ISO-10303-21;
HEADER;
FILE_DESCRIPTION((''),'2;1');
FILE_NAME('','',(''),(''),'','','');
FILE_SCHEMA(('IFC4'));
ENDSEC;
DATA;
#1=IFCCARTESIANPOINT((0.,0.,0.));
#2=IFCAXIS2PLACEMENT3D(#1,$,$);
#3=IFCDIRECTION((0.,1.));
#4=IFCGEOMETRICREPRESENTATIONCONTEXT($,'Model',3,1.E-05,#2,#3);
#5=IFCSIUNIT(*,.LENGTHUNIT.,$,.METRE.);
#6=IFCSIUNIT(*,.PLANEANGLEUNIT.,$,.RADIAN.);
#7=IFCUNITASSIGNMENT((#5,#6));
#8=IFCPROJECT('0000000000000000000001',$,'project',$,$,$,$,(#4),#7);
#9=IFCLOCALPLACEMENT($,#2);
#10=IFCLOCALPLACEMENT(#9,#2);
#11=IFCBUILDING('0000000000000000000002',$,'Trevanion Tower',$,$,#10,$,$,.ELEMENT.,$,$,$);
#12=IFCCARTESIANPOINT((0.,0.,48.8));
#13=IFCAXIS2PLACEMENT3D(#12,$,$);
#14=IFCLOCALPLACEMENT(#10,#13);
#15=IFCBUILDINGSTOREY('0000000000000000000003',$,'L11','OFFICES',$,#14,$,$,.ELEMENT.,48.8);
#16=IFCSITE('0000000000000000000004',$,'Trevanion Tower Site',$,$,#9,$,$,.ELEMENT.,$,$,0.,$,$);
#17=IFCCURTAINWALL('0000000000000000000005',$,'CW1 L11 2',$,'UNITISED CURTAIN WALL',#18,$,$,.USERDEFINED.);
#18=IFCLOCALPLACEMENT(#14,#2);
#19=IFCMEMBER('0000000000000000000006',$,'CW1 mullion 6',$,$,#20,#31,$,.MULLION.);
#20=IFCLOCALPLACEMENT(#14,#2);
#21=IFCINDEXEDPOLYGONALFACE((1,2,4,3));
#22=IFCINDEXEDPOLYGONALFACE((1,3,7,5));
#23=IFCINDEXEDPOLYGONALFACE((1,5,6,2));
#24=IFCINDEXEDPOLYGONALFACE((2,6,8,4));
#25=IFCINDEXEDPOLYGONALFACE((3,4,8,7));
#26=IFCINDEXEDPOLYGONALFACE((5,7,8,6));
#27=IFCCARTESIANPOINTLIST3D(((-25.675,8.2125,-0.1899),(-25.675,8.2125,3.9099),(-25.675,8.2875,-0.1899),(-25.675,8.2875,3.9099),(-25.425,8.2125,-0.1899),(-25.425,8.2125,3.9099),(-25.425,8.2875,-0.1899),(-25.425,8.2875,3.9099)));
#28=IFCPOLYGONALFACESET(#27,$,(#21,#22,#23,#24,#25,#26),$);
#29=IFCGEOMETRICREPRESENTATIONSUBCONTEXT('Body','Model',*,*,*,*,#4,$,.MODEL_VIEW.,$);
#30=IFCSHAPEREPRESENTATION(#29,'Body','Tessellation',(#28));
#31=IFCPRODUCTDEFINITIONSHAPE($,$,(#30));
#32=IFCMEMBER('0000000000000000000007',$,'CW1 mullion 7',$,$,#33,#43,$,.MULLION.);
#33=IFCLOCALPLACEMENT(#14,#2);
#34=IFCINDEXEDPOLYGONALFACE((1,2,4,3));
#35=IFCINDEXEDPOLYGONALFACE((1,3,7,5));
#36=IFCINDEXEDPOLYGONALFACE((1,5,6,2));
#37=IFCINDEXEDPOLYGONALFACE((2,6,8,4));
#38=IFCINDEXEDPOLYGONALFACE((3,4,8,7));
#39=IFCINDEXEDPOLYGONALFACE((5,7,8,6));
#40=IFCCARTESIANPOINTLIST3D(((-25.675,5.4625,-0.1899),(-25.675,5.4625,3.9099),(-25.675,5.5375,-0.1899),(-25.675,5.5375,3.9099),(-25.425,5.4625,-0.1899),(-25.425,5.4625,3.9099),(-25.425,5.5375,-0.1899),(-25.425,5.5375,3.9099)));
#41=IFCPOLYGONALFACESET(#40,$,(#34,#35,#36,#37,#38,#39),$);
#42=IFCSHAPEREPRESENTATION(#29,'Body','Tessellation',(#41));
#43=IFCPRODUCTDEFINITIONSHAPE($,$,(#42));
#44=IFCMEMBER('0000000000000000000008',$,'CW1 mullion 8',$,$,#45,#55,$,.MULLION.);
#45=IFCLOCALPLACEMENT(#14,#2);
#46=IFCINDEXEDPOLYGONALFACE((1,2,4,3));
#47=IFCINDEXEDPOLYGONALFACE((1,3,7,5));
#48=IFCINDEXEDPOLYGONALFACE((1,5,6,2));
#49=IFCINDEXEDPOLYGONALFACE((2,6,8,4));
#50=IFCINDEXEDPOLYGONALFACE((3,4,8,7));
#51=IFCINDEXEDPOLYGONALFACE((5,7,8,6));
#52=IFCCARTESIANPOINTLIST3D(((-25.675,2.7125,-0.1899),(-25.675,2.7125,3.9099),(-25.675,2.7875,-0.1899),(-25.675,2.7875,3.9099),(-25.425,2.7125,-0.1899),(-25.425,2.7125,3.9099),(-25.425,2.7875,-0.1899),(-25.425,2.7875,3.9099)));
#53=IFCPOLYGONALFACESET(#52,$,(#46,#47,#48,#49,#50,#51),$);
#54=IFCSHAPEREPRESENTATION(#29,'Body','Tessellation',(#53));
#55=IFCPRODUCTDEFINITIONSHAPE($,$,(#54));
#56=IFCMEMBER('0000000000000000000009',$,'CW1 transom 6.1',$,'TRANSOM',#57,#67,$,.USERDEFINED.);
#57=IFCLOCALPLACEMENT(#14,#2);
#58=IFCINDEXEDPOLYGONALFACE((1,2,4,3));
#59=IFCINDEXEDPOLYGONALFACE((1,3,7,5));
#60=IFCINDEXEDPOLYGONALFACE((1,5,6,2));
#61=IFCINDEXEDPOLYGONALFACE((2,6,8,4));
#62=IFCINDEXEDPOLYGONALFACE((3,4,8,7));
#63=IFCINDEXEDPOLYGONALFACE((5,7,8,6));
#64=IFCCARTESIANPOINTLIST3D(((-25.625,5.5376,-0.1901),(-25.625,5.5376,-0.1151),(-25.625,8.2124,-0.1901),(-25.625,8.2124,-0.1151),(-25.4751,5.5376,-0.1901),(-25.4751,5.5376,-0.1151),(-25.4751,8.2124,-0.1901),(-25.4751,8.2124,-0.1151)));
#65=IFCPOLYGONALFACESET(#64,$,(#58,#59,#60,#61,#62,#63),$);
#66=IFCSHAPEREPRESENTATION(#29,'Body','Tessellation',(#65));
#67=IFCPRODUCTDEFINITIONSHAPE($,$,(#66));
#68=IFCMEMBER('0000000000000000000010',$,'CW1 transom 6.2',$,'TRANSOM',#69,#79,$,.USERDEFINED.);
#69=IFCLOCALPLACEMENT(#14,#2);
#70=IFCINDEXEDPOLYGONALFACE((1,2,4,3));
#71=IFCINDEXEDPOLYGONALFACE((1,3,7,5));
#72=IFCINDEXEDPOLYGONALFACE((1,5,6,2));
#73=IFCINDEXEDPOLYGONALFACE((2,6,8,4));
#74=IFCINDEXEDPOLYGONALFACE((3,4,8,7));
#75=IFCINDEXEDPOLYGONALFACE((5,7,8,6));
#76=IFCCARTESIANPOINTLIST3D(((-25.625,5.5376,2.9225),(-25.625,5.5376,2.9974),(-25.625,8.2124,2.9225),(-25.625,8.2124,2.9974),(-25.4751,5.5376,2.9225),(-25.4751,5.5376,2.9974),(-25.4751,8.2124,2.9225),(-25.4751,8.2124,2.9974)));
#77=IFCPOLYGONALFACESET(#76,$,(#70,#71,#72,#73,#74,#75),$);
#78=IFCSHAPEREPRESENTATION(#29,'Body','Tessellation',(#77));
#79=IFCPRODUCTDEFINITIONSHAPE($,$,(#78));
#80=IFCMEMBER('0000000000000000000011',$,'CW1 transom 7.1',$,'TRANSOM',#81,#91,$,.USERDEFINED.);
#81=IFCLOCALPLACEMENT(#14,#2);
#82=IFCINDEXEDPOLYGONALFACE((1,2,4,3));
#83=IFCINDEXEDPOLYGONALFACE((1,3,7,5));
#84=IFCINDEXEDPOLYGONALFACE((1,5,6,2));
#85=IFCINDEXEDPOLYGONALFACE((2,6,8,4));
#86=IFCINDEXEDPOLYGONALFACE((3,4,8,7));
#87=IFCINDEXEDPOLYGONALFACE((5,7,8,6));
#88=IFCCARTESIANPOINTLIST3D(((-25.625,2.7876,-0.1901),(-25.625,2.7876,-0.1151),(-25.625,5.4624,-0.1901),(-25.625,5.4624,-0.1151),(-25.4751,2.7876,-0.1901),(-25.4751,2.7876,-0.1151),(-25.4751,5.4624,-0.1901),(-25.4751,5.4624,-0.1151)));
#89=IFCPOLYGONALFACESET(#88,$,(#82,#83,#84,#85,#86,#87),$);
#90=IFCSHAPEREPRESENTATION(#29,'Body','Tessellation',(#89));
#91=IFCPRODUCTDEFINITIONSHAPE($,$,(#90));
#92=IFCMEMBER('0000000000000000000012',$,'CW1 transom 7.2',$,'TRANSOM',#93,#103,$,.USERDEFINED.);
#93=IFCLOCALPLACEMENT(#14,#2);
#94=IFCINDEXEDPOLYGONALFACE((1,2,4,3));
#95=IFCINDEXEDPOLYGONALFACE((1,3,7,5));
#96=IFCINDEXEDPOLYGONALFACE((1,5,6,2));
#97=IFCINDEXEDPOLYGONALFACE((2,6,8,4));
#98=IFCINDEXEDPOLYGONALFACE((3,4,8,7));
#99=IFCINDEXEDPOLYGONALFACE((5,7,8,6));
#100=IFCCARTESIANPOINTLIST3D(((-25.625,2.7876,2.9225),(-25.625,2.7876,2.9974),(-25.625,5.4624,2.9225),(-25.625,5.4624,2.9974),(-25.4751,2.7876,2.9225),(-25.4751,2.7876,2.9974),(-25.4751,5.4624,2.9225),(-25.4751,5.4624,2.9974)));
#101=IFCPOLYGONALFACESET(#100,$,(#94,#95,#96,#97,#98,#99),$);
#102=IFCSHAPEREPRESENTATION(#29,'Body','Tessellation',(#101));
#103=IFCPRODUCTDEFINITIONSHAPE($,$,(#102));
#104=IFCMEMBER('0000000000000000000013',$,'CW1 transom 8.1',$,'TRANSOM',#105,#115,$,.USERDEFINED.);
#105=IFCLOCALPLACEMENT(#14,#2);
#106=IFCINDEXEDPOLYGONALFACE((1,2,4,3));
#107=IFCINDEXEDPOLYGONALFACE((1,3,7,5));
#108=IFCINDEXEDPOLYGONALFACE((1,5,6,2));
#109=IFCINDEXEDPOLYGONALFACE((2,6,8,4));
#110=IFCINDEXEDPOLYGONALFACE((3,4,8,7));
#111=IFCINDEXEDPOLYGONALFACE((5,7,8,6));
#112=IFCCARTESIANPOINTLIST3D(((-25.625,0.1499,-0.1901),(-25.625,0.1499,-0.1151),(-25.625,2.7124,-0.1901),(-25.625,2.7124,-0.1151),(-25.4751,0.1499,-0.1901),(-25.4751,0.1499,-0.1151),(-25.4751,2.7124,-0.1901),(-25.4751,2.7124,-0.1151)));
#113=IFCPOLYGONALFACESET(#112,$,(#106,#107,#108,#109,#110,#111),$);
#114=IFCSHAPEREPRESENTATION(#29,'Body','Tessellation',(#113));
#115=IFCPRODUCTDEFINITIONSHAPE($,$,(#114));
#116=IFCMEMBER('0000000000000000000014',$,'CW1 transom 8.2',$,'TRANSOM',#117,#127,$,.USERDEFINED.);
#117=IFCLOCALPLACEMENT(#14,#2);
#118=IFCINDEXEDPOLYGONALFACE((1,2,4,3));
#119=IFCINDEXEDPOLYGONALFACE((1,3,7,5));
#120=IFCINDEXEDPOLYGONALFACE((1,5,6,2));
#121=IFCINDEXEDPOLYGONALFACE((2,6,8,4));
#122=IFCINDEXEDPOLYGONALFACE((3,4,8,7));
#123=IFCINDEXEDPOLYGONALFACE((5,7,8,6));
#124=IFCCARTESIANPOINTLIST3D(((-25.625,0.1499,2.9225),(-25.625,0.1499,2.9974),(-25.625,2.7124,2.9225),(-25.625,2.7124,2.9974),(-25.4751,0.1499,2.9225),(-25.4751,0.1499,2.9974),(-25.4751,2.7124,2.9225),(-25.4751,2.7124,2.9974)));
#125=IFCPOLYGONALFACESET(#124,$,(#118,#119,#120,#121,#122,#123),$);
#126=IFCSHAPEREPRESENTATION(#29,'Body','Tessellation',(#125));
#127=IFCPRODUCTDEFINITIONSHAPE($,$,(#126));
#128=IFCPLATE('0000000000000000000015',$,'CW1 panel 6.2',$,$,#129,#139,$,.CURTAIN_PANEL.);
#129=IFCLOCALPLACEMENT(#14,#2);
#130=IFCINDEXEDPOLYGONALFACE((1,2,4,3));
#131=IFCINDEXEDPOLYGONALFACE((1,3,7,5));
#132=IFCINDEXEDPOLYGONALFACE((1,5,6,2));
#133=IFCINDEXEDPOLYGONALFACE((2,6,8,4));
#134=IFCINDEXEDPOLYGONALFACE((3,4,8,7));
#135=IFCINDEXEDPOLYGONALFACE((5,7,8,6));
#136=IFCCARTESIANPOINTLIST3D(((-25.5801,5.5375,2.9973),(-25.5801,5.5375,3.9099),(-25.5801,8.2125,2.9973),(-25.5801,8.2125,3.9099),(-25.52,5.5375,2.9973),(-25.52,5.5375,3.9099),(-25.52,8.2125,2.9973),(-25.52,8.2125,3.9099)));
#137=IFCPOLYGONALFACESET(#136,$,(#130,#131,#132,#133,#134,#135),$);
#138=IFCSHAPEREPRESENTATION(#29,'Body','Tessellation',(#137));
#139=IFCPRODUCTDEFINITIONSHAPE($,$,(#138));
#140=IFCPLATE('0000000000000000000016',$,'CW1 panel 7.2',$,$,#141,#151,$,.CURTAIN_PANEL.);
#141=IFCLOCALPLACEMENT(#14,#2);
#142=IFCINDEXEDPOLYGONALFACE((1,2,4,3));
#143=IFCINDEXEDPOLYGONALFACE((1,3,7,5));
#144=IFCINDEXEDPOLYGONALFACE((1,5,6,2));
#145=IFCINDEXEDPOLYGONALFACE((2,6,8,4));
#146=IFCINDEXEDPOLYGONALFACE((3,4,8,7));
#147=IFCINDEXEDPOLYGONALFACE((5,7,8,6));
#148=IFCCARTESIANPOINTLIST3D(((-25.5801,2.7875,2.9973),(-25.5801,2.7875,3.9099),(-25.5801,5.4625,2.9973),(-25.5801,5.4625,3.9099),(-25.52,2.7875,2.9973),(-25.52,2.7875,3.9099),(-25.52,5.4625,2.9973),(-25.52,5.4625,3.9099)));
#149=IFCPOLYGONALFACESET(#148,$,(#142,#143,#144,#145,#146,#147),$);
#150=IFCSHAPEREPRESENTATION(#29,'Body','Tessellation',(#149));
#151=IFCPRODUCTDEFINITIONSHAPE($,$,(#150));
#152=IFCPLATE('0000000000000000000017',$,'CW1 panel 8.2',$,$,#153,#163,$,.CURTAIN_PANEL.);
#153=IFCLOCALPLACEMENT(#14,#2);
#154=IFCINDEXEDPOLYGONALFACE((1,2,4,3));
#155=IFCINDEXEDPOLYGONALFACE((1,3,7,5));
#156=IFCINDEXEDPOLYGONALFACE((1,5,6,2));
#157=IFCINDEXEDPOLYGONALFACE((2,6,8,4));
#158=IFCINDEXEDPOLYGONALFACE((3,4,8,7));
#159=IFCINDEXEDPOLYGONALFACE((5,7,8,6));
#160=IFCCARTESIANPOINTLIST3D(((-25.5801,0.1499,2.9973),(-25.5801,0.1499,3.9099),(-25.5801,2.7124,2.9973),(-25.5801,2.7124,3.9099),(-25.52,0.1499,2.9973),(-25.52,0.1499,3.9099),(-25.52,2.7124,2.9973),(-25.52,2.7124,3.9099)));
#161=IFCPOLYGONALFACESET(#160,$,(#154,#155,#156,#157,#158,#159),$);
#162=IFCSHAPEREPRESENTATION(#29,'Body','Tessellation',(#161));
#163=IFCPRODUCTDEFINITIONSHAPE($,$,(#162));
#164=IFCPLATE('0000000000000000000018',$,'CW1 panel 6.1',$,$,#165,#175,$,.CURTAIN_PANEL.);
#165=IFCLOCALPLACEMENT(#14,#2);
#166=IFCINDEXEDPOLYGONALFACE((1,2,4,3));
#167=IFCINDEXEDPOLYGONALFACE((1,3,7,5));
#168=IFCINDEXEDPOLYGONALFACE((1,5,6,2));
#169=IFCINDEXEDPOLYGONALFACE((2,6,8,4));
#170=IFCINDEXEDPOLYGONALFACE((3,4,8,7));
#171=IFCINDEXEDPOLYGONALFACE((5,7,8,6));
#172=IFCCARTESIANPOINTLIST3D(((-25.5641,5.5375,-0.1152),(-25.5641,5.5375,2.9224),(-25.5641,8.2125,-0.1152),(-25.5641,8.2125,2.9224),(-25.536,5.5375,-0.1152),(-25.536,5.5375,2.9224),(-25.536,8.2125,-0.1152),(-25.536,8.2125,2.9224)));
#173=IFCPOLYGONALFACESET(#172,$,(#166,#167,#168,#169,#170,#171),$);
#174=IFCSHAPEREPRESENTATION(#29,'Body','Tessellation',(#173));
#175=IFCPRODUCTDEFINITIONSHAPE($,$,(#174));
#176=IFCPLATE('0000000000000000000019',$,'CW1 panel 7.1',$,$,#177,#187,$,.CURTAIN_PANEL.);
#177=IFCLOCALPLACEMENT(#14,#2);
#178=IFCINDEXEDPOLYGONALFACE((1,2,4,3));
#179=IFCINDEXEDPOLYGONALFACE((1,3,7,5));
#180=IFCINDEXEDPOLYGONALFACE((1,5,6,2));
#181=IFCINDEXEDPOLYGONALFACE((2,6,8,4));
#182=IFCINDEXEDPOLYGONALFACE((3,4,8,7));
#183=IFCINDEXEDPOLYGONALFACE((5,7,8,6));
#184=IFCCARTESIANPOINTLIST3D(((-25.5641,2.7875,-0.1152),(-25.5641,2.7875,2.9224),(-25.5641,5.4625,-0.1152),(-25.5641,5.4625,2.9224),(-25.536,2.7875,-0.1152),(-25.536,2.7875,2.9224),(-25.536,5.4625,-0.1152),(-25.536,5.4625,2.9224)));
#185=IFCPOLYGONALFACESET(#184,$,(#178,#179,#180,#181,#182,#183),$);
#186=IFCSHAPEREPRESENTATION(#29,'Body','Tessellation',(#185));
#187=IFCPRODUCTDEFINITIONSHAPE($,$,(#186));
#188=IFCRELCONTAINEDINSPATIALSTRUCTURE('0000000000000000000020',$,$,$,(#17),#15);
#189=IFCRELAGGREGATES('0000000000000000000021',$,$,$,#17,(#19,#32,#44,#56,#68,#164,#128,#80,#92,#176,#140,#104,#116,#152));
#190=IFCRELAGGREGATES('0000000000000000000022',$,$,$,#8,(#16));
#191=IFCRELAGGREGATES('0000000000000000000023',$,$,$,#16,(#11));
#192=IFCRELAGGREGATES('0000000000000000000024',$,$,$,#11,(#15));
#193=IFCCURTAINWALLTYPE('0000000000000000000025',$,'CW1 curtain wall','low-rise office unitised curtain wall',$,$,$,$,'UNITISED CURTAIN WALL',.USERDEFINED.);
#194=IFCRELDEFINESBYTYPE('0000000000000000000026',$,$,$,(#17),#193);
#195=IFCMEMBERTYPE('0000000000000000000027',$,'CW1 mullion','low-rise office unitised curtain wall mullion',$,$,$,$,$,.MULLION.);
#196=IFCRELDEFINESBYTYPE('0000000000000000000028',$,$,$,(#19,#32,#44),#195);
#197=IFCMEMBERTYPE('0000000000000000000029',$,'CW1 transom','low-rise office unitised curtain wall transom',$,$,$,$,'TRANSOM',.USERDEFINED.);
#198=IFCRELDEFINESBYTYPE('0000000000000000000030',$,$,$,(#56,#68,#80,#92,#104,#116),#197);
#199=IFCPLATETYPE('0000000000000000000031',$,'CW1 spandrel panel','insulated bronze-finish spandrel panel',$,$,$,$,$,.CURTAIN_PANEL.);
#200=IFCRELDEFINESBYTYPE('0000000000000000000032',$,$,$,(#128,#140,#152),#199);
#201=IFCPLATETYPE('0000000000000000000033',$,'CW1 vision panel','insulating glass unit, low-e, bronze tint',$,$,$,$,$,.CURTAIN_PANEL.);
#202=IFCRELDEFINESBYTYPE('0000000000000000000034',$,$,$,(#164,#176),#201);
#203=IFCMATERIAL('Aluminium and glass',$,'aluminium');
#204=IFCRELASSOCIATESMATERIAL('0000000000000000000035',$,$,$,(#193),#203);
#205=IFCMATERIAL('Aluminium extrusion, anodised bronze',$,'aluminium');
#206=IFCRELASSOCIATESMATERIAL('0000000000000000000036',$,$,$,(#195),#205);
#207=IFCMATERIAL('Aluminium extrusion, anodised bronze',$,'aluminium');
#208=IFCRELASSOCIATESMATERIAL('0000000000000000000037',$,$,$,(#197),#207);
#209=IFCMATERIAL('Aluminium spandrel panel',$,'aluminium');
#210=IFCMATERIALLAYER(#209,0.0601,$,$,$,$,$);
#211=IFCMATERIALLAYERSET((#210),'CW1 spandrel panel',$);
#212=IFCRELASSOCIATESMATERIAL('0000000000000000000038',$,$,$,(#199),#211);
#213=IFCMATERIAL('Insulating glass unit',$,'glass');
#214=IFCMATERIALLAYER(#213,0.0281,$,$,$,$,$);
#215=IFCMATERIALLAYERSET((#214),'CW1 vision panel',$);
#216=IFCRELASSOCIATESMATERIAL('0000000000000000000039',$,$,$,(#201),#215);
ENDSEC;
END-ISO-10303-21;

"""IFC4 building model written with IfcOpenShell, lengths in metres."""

from ifc_helpers import new_model, si_unit, direction, frame, origin, origin_2d, place, context, subcontext, project, spatial, rectangle, extrude, material, layer, layer_set, material_profile, profile_set, type_object, element, aggregate, save


model = new_model("IFC4")

# Units and contexts
model_context = context("Model", 3, precision=1e-05, world=origin(), true_north=direction((0.0, 1.0)))
body_context = subcontext(model_context, "Body", "Model", "MODEL_VIEW")
ifc_project = project(units=[si_unit("LENGTHUNIT", "METRE"), si_unit("PLANEANGLEUNIT", "RADIAN")], contexts=[model_context])

# Site, building, storey
site_placement = place(None, origin())
site = spatial("IfcSite", under=ifc_project, at=site_placement, Name="Trevanion Tower Site", CompositionType="ELEMENT", RefElevation=0.0)
building_placement = place(site_placement, origin())
building = spatial("IfcBuilding", under=site, at=building_placement, Name="Trevanion Tower", CompositionType="ELEMENT")
storey_placement = place(building_placement, frame((0.0, 0.0, 48.8)))
storey = spatial("IfcBuildingStorey", under=building, at=storey_placement, Name="L11", Description="OFFICES", CompositionType="ELEMENT", Elevation=48.8)

# Curtain wall, members, plates
ifc_material_1 = material(Name="Aluminium and glass", Category="aluminium")
curtain_wall_type = type_object("IfcCurtainWallType", Name="CW1 curtain wall", Description="low-rise office unitised curtain wall", ElementType="UNITISED CURTAIN WALL", PredefinedType="USERDEFINED", material=ifc_material_1)
curtain_wall_placement = place(storey_placement, origin())
curtain_wall = element("IfcCurtainWall", 1, at=curtain_wall_placement, inside=storey, type_object=curtain_wall_type, Name="CW1 L11 2", ObjectType="UNITISED CURTAIN WALL", PredefinedType="USERDEFINED")
ifc_material_2 = material(Name="Aluminium extrusion, anodised bronze", Category="aluminium")
ifc_material_profile_1 = material_profile(ifc_material_2, rectangle(XDim=0.075, YDim=0.25, at=origin_2d()), Name="CW1 mullion")
ifc_profile_set_1 = profile_set([ifc_material_profile_1], Name="Aluminium extrusion, anodised bronze")
member_type_1 = type_object("IfcMemberType", Name="CW1 mullion", Description="low-rise office unitised curtain wall mullion", PredefinedType="MULLION", material=ifc_profile_set_1)
member_1_placement = place(storey_placement, frame((-25.55, 8.25, -0.1899), z_axis=(0.0, 0.0, 1.0), x_axis=(0.0, -1.0, 0.0)))
member_1 = element("IfcMember", 2, at=member_1_placement, type_object=member_type_1, Name="CW1 mullion 6", PredefinedType="MULLION", context=body_context, shape_type="SweptSolid", body=[
    extrude(rectangle(XDim=0.075, YDim=0.25, at=origin_2d()), origin(), (0.0, 0.0, 1.0), 4.0999),
])
member_2_placement = place(storey_placement, frame((-25.55, 5.5, -0.1899), z_axis=(0.0, 0.0, 1.0), x_axis=(0.0, -1.0, 0.0)))
member_2 = element("IfcMember", 3, at=member_2_placement, type_object=member_type_1, Name="CW1 mullion 7", PredefinedType="MULLION", context=body_context, shape_type="SweptSolid", body=[
    extrude(rectangle(XDim=0.075, YDim=0.25, at=origin_2d()), origin(), (0.0, 0.0, 1.0), 4.0999),
])
member_3_placement = place(storey_placement, frame((-25.55, 2.75, -0.1899), z_axis=(0.0, 0.0, 1.0), x_axis=(0.0, -1.0, 0.0)))
member_3 = element("IfcMember", 4, at=member_3_placement, type_object=member_type_1, Name="CW1 mullion 8", PredefinedType="MULLION", context=body_context, shape_type="SweptSolid", body=[
    extrude(rectangle(XDim=0.075, YDim=0.25, at=origin_2d()), origin(), (0.0, 0.0, 1.0), 4.0999),
])
ifc_material_3 = material(Name="Aluminium extrusion, anodised bronze", Category="aluminium")
ifc_material_profile_2 = material_profile(ifc_material_3, rectangle(XDim=0.1499, YDim=0.075, at=origin_2d()), Name="CW1 transom")
ifc_profile_set_2 = profile_set([ifc_material_profile_2], Name="Aluminium extrusion, anodised bronze")
member_type_2 = type_object("IfcMemberType", Name="CW1 transom", Description="low-rise office unitised curtain wall transom", ElementType="TRANSOM", PredefinedType="USERDEFINED", material=ifc_profile_set_2)
member_4_placement = place(storey_placement, frame((-25.55, 8.2124, -0.1526), z_axis=(0.0, -1.0, 0.0), x_axis=(1.0, 0.0, 0.0)))
member_4 = element("IfcMember", 5, at=member_4_placement, type_object=member_type_2, Name="CW1 transom 6.1", ObjectType="TRANSOM", PredefinedType="USERDEFINED", context=body_context, shape_type="SweptSolid", body=[
    extrude(rectangle(XDim=0.1499, YDim=0.075, at=origin_2d()), origin(), (0.0, 0.0, 1.0), 2.6748),
])
member_5_placement = place(storey_placement, frame((-25.55, 8.2124, 2.96), z_axis=(0.0, -1.0, 0.0), x_axis=(1.0, 0.0, 0.0)))
member_5 = element("IfcMember", 6, at=member_5_placement, type_object=member_type_2, Name="CW1 transom 6.2", ObjectType="TRANSOM", PredefinedType="USERDEFINED", context=body_context, shape_type="SweptSolid", body=[
    extrude(rectangle(XDim=0.1499, YDim=0.075, at=origin_2d()), origin(), (0.0, 0.0, 1.0), 2.6748),
])
member_6_placement = place(storey_placement, frame((-25.55, 5.4624, -0.1526), z_axis=(0.0, -1.0, 0.0), x_axis=(1.0, 0.0, 0.0)))
member_6 = element("IfcMember", 7, at=member_6_placement, type_object=member_type_2, Name="CW1 transom 7.1", ObjectType="TRANSOM", PredefinedType="USERDEFINED", context=body_context, shape_type="SweptSolid", body=[
    extrude(rectangle(XDim=0.1499, YDim=0.075, at=origin_2d()), origin(), (0.0, 0.0, 1.0), 2.6748),
])
member_7_placement = place(storey_placement, frame((-25.55, 5.4624, 2.96), z_axis=(0.0, -1.0, 0.0), x_axis=(1.0, 0.0, 0.0)))
member_7 = element("IfcMember", 8, at=member_7_placement, type_object=member_type_2, Name="CW1 transom 7.2", ObjectType="TRANSOM", PredefinedType="USERDEFINED", context=body_context, shape_type="SweptSolid", body=[
    extrude(rectangle(XDim=0.1499, YDim=0.075, at=origin_2d()), origin(), (0.0, 0.0, 1.0), 2.6748),
])
member_8_placement = place(storey_placement, frame((-25.55, 2.7124, -0.1526), z_axis=(0.0, -1.0, 0.0), x_axis=(1.0, 0.0, 0.0)))
member_8 = element("IfcMember", 9, at=member_8_placement, type_object=member_type_2, Name="CW1 transom 8.1", ObjectType="TRANSOM", PredefinedType="USERDEFINED", context=body_context, shape_type="SweptSolid", body=[
    extrude(rectangle(XDim=0.1499, YDim=0.075, at=origin_2d()), origin(), (0.0, 0.0, 1.0), 2.5625),
])
member_9_placement = place(storey_placement, frame((-25.55, 2.7124, 2.96), z_axis=(0.0, -1.0, 0.0), x_axis=(1.0, 0.0, 0.0)))
member_9 = element("IfcMember", 10, at=member_9_placement, type_object=member_type_2, Name="CW1 transom 8.2", ObjectType="TRANSOM", PredefinedType="USERDEFINED", context=body_context, shape_type="SweptSolid", body=[
    extrude(rectangle(XDim=0.1499, YDim=0.075, at=origin_2d()), origin(), (0.0, 0.0, 1.0), 2.5625),
])
ifc_material_4 = material(Name="Aluminium spandrel panel", Category="aluminium")
ifc_layer_1 = layer(ifc_material_4, 0.0601)
ifc_layer_set_1 = layer_set([ifc_layer_1], Name="CW1 spandrel panel")
plate_type_1 = type_object("IfcPlateType", Name="CW1 spandrel panel", Description="insulated bronze-finish spandrel panel", PredefinedType="CURTAIN_PANEL", material=ifc_layer_set_1)
plate_1_placement = place(storey_placement, frame((-25.55, 6.875, 2.9973), z_axis=(0.0, 0.0, 1.0), x_axis=(0.0, -1.0, 0.0)))
plate_1 = element("IfcPlate", 11, at=plate_1_placement, type_object=plate_type_1, Name="CW1 panel 6.2", PredefinedType="CURTAIN_PANEL", context=body_context, shape_type="SweptSolid", body=[
    extrude(rectangle(XDim=2.675, YDim=0.0601, at=origin_2d()), origin(), (0.0, 0.0, 1.0), 0.9126),
])
plate_2_placement = place(storey_placement, frame((-25.55, 4.125, 2.9973), z_axis=(0.0, 0.0, 1.0), x_axis=(0.0, -1.0, 0.0)))
plate_2 = element("IfcPlate", 12, at=plate_2_placement, type_object=plate_type_1, Name="CW1 panel 7.2", PredefinedType="CURTAIN_PANEL", context=body_context, shape_type="SweptSolid", body=[
    extrude(rectangle(XDim=2.675, YDim=0.0601, at=origin_2d()), origin(), (0.0, 0.0, 1.0), 0.9126),
])
plate_3_placement = place(storey_placement, frame((-25.55, 1.4312, 2.9973), z_axis=(0.0, 0.0, 1.0), x_axis=(0.0, -1.0, 0.0)))
plate_3 = element("IfcPlate", 13, at=plate_3_placement, type_object=plate_type_1, Name="CW1 panel 8.2", PredefinedType="CURTAIN_PANEL", context=body_context, shape_type="SweptSolid", body=[
    extrude(rectangle(XDim=2.5625, YDim=0.0601, at=origin_2d()), origin(), (0.0, 0.0, 1.0), 0.9126),
])
ifc_material_5 = material(Name="Insulating glass unit", Category="glass")
ifc_layer_2 = layer(ifc_material_5, 0.0281)
ifc_layer_set_2 = layer_set([ifc_layer_2], Name="CW1 vision panel")
plate_type_2 = type_object("IfcPlateType", Name="CW1 vision panel", Description="insulating glass unit, low-e, bronze tint", PredefinedType="CURTAIN_PANEL", material=ifc_layer_set_2)
plate_4_placement = place(storey_placement, frame((-25.55, 6.875, -0.1152), z_axis=(0.0, 0.0, 1.0), x_axis=(0.0, -1.0, 0.0)))
plate_4 = element("IfcPlate", 14, at=plate_4_placement, type_object=plate_type_2, Name="CW1 panel 6.1", PredefinedType="CURTAIN_PANEL", context=body_context, shape_type="SweptSolid", body=[
    extrude(rectangle(XDim=2.675, YDim=0.0281, at=origin_2d()), origin(), (0.0, 0.0, 1.0), 3.0376),
])
plate_5_placement = place(storey_placement, frame((-25.55, 4.125, -0.1152), z_axis=(0.0, 0.0, 1.0), x_axis=(0.0, -1.0, 0.0)))
plate_5 = element("IfcPlate", 15, at=plate_5_placement, type_object=plate_type_2, Name="CW1 panel 7.1", PredefinedType="CURTAIN_PANEL", context=body_context, shape_type="SweptSolid", body=[
    extrude(rectangle(XDim=2.675, YDim=0.0281, at=origin_2d()), origin(), (0.0, 0.0, 1.0), 3.0376),
])
aggregate(curtain_wall, [member_1, member_2, member_3, member_4, member_5, plate_4, plate_1, member_6, member_7, plate_5, plate_2, member_8, member_9, plate_3])

save(model, "model.ifc")
